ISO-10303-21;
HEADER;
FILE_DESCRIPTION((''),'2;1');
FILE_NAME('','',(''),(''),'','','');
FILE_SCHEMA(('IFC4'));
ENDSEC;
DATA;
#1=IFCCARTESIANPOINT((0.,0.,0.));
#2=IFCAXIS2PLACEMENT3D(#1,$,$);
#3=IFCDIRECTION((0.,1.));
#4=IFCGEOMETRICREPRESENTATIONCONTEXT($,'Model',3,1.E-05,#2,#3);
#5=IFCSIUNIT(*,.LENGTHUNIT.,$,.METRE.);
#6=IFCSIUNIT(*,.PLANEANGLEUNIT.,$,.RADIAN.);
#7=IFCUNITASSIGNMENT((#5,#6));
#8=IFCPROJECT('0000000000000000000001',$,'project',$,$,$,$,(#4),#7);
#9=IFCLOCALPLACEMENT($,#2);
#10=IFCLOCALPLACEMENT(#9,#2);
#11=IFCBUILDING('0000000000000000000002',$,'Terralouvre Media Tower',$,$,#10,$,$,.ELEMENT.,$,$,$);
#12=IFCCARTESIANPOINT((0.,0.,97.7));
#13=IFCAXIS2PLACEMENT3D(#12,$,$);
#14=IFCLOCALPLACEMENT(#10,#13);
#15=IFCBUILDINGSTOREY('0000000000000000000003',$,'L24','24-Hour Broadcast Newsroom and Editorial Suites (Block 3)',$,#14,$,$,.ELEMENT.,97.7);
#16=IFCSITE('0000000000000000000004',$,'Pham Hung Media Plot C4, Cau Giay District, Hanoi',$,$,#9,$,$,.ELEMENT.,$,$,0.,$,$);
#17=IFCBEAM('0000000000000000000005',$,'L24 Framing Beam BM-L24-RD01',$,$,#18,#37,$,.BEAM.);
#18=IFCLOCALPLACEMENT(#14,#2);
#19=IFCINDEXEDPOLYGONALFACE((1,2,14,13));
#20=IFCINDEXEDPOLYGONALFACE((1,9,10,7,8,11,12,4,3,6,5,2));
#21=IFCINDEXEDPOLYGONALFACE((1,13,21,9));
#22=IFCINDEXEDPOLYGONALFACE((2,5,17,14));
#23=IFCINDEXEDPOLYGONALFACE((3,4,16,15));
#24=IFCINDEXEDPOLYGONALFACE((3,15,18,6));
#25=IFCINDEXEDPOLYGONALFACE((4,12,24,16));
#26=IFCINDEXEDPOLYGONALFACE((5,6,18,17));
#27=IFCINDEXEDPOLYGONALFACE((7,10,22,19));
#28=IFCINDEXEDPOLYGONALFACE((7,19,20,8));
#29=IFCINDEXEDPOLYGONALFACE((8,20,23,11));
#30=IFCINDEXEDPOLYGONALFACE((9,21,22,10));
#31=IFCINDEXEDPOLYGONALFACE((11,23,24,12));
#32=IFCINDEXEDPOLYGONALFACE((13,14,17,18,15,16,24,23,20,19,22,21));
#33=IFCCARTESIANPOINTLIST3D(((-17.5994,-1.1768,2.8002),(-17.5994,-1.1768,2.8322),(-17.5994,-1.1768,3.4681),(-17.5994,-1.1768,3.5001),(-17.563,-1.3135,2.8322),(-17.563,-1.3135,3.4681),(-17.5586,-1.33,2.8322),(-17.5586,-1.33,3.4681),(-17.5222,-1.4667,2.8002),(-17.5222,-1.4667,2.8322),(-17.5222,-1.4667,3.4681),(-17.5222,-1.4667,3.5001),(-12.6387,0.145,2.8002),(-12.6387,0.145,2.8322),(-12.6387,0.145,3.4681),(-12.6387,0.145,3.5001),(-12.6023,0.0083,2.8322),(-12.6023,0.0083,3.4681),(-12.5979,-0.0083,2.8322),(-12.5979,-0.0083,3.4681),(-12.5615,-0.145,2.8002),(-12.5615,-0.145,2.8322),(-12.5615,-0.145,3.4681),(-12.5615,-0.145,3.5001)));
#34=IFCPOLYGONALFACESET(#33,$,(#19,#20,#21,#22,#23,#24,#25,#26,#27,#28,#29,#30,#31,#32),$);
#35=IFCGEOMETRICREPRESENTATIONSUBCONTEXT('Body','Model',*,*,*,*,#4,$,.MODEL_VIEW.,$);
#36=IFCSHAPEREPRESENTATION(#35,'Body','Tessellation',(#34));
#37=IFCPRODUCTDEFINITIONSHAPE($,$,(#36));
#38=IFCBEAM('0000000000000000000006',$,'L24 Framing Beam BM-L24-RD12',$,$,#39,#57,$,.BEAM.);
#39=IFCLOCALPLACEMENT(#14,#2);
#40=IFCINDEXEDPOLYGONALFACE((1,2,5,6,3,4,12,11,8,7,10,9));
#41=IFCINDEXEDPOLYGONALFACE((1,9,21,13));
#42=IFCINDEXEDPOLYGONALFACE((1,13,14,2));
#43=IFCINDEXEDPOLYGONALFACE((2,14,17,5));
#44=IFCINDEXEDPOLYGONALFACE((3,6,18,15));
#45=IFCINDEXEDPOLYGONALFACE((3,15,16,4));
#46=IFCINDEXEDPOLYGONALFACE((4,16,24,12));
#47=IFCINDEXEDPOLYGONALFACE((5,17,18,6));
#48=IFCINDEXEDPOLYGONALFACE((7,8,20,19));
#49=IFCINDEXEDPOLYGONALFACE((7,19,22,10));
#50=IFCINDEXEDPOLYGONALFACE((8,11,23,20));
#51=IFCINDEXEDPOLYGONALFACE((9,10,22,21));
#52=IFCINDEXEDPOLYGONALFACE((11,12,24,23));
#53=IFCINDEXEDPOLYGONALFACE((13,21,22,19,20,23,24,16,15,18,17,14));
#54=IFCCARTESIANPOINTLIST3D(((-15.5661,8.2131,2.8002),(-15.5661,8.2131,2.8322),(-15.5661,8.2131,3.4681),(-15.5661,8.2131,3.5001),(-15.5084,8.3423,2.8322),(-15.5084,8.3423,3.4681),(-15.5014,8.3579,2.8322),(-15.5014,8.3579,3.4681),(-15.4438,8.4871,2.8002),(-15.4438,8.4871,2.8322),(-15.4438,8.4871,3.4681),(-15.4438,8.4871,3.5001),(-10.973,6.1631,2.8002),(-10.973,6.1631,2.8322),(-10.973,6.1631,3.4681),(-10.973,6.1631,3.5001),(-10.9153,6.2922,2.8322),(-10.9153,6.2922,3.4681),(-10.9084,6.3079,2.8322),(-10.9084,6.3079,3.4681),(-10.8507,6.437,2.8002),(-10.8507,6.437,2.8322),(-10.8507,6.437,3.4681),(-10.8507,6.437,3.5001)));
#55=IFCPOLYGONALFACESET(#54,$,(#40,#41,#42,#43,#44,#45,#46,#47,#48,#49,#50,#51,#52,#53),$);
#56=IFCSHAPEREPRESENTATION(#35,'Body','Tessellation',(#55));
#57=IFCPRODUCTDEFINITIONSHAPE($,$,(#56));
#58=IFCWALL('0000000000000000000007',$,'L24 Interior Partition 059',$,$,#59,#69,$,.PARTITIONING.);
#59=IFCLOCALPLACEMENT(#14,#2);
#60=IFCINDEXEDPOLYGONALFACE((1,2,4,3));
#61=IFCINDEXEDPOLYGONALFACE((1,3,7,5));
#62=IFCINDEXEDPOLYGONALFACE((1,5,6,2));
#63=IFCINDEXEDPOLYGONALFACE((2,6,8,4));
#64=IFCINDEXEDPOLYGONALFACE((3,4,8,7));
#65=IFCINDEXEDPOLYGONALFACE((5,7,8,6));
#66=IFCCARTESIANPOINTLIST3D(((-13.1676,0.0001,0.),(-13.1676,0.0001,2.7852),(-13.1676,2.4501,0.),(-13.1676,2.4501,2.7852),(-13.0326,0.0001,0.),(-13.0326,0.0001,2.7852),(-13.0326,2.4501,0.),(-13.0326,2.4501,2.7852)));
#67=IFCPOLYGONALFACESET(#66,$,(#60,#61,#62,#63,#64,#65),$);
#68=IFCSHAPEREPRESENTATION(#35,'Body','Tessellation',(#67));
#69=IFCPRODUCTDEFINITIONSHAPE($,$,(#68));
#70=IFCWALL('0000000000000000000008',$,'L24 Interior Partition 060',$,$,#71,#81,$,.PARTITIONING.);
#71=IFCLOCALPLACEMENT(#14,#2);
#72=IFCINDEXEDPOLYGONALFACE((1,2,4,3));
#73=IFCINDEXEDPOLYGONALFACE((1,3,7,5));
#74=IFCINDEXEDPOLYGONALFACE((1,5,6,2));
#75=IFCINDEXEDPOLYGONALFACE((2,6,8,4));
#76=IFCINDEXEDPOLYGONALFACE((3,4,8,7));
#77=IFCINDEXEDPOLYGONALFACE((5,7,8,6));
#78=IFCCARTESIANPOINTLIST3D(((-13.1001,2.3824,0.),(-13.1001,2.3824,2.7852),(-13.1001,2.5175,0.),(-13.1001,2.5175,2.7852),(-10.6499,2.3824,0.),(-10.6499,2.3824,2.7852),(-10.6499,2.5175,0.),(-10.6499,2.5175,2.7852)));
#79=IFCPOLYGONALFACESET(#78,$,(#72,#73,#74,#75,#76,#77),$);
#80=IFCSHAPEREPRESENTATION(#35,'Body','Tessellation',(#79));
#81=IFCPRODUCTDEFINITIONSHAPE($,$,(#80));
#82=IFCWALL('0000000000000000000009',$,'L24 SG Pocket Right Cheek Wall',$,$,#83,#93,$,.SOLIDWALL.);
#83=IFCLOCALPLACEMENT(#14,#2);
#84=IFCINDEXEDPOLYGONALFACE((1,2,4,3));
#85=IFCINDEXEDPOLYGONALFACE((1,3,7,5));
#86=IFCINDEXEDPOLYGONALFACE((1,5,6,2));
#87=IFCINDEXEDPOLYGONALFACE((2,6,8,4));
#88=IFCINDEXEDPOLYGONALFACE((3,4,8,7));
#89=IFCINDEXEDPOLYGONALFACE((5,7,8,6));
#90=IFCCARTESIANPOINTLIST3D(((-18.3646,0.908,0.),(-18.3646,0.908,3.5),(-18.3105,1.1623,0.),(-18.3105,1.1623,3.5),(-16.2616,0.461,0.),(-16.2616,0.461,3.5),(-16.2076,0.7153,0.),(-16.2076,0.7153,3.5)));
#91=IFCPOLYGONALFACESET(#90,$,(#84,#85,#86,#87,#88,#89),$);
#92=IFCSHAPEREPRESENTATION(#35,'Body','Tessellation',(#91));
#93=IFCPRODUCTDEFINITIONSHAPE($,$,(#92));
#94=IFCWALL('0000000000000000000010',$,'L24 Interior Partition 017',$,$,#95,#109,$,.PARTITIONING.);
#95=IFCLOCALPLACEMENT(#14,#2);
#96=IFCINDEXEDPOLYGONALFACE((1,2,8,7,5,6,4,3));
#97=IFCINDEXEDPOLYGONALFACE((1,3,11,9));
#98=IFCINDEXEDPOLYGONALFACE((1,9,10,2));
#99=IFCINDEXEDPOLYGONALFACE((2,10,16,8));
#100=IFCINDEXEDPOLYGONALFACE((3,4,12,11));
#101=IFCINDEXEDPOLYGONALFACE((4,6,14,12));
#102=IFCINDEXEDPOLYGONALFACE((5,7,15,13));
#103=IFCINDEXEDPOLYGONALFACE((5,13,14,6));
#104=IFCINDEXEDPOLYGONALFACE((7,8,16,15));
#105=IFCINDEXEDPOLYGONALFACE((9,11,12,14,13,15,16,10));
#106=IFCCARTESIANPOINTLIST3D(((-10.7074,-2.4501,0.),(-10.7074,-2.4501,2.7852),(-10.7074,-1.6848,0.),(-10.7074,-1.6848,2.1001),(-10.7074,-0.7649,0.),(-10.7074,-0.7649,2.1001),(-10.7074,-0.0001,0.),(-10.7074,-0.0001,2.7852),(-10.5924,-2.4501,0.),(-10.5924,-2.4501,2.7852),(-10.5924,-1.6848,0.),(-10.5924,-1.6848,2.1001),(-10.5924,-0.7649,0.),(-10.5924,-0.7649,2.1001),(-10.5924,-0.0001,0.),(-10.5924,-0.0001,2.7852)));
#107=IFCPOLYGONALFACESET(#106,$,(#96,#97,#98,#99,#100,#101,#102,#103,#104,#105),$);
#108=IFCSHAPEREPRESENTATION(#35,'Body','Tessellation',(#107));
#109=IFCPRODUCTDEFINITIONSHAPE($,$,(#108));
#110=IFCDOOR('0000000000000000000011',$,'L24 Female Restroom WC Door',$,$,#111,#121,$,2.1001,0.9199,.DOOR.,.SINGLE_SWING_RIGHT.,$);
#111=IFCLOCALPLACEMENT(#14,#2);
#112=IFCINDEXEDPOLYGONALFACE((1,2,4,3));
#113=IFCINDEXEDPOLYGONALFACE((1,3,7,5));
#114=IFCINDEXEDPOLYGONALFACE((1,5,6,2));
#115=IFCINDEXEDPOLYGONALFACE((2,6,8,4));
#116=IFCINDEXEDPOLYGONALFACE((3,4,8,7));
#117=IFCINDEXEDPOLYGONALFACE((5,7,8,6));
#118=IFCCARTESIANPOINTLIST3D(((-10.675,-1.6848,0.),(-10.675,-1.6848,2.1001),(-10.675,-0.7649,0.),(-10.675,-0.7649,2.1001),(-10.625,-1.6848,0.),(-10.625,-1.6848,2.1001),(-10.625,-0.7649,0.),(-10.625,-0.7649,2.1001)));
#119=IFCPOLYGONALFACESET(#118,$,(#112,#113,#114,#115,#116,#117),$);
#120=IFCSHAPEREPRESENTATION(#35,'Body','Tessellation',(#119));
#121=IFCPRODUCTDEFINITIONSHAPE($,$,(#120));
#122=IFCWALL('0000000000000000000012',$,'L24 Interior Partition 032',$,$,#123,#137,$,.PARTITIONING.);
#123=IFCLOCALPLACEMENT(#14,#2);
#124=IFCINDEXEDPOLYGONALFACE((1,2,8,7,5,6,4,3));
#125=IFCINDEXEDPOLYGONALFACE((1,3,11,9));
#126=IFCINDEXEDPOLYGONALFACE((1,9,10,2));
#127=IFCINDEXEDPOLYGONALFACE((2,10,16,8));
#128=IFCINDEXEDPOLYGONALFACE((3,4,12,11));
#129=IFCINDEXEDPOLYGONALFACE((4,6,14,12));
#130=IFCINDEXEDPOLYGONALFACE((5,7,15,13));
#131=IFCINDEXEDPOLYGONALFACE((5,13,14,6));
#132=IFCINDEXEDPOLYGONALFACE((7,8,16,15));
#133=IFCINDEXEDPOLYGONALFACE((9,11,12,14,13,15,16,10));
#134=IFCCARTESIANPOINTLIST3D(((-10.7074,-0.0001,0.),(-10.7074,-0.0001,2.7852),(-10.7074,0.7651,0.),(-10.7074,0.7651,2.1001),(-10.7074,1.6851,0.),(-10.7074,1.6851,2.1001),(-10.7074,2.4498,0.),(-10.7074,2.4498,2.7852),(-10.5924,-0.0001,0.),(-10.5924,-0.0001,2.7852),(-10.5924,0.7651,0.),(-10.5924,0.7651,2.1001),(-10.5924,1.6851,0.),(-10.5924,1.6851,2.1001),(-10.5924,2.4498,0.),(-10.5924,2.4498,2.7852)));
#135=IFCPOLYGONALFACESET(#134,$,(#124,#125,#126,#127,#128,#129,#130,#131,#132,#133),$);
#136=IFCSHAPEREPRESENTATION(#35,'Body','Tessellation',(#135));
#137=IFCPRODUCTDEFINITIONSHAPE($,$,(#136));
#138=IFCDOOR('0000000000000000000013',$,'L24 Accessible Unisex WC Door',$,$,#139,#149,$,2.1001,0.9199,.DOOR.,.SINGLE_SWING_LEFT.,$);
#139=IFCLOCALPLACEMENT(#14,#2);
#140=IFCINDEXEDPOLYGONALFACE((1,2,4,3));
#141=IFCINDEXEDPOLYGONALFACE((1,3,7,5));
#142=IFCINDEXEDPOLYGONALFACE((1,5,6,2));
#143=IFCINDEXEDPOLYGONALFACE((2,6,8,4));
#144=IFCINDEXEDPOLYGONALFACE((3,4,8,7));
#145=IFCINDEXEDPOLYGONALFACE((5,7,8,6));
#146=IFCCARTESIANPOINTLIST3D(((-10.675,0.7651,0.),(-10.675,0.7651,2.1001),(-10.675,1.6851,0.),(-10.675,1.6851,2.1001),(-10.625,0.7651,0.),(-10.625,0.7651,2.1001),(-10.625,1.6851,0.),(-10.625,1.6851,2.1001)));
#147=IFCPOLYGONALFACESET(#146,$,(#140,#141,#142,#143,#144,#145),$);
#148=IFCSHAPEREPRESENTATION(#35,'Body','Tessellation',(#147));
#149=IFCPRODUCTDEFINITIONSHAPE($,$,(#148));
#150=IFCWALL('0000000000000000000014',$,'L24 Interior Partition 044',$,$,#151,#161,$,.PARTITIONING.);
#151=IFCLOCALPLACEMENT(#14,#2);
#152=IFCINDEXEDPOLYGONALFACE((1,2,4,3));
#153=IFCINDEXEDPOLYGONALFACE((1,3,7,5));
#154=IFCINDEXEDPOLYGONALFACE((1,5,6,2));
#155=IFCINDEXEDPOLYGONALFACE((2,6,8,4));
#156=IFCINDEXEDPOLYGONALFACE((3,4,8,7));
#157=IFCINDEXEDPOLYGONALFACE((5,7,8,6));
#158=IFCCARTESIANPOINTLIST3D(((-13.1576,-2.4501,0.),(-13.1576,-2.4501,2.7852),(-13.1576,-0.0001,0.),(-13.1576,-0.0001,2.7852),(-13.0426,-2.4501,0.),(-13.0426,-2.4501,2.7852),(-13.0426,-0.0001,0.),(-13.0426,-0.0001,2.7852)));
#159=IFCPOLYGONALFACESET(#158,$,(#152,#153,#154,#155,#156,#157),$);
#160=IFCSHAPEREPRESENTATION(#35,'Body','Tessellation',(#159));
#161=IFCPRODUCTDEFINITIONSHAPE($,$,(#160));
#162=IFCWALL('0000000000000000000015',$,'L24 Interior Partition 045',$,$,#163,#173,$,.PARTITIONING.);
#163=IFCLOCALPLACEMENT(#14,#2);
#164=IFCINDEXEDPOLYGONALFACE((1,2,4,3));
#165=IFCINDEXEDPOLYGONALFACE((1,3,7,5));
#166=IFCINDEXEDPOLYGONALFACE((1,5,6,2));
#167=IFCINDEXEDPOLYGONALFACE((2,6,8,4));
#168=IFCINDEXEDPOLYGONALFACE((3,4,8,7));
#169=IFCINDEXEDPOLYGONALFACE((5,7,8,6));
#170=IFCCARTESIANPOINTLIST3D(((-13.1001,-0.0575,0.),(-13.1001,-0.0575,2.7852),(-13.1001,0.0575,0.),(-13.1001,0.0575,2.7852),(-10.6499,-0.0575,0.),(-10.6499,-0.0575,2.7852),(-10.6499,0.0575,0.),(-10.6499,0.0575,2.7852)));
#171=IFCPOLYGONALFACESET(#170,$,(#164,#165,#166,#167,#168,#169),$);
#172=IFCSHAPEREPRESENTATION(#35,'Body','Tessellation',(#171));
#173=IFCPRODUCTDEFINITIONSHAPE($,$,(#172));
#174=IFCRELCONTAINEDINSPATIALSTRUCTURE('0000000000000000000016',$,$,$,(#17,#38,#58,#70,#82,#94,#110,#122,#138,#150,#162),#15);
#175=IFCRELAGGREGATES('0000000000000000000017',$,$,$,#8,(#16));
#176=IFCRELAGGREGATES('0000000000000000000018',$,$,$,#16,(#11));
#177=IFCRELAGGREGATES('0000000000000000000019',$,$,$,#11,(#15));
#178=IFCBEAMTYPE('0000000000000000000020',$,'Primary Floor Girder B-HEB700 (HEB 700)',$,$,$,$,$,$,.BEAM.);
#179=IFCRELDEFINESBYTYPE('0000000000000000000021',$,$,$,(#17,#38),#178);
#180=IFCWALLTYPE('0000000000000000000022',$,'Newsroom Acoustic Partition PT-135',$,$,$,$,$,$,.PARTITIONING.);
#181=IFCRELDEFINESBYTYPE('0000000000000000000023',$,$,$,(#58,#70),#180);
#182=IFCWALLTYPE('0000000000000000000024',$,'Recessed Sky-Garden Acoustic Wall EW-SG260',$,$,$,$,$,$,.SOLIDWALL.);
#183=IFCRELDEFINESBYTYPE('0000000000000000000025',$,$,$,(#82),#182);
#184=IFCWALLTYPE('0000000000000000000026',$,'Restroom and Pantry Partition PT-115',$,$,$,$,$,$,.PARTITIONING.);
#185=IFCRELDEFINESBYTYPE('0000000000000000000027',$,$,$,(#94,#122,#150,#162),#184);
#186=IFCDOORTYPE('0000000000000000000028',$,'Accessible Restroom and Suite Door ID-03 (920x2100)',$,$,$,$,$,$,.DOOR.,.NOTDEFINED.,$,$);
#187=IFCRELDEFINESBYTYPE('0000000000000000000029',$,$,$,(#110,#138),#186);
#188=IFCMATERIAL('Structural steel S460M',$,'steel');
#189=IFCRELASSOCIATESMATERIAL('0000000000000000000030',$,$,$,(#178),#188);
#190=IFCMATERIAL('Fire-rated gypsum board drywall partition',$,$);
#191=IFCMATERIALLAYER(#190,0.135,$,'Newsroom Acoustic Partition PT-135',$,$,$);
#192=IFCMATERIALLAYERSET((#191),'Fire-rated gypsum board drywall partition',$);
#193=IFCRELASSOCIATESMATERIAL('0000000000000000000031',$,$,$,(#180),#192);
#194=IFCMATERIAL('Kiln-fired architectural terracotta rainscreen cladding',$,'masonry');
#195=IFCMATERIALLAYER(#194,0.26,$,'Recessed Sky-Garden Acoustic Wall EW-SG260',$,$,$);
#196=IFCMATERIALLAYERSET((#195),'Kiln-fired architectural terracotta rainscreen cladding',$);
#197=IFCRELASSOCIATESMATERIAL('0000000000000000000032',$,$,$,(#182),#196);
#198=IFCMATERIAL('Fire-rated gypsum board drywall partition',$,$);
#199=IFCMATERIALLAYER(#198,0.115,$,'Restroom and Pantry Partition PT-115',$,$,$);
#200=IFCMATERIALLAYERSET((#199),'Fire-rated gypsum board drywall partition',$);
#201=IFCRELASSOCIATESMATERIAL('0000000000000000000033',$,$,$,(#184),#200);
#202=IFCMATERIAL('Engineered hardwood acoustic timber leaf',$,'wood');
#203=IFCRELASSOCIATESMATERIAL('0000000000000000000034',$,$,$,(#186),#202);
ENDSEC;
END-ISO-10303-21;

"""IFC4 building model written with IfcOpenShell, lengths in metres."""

from ifc_helpers import new_model, si_unit, direction, frame, frame_2d, origin, origin_2d, place, context, subcontext, project, spatial, rectangle, i_section, extrude, material, layer, layer_set, material_profile, profile_set, type_object, element, fill, save


model = new_model("IFC4")

# Units and contexts
model_context = context("Model", 3, precision=1e-05, world=origin(), true_north=direction((0.0, 1.0)))
body_context = subcontext(model_context, "Body", "Model", "MODEL_VIEW")
ifc_project = project(units=[si_unit("LENGTHUNIT", "METRE"), si_unit("PLANEANGLEUNIT", "RADIAN")], contexts=[model_context])

# Site, building, storey
site_placement = place(None, origin())
site = spatial("IfcSite", under=ifc_project, at=site_placement, Name="Pham Hung Media Plot C4, Cau Giay District, Hanoi", CompositionType="ELEMENT", RefElevation=0.0)
building_placement = place(site_placement, origin())
building = spatial("IfcBuilding", under=site, at=building_placement, Name="Terralouvre Media Tower", CompositionType="ELEMENT")
storey_placement = place(building_placement, frame((0.0, 0.0, 97.7)))
storey = spatial("IfcBuildingStorey", under=building, at=storey_placement, Name="L24", Description="24-Hour Broadcast Newsroom and Editorial Suites (Block 3)", CompositionType="ELEMENT", Elevation=97.7)

# Beams
ifc_material_1 = material(Name="Structural steel S460M", Category="steel")
ifc_material_profile_1 = material_profile(ifc_material_1, i_section(OverallWidth=0.3, OverallDepth=0.7, WebThickness=0.0171, FlangeThickness=0.032, at=origin_2d()), Name="HEB 700")
ifc_profile_set_1 = profile_set([ifc_material_profile_1], Name="Structural steel S460M")
beam_type_1 = type_object("IfcBeamType", Name="Primary Floor Girder B-HEB700 (HEB 700)", PredefinedType="BEAM", material=ifc_profile_set_1)
beam_1_placement = place(storey_placement, frame((-12.6001, 0.0, 3.1501), z_axis=(-0.966287, -0.257467, 0.0), x_axis=(0.257467, -0.966287, 0.0)))
element("IfcBeam", 1, at=beam_1_placement, inside=storey, type_object=beam_type_1, Name="L24 Framing Beam BM-L24-RD01", PredefinedType="BEAM", context=body_context, shape_type="SweptSolid", body=[
    extrude(i_section(OverallWidth=0.3, OverallDepth=0.7, WebThickness=0.0171, FlangeThickness=0.032, at=origin_2d()), origin(), (0.0, 0.0, 1.0), 5.1338),
])
beam_2_placement = place(storey_placement, frame((-10.9119, 6.3, 3.1501), z_axis=(-0.913168, 0.407584, 0.0), x_axis=(-0.407584, -0.913168, 0.0)))
element("IfcBeam", 2, at=beam_2_placement, inside=storey, type_object=beam_type_1, Name="L24 Framing Beam BM-L24-RD12", PredefinedType="BEAM", context=body_context, shape_type="SweptSolid", body=[
    extrude(i_section(OverallWidth=0.3, OverallDepth=0.7, WebThickness=0.0171, FlangeThickness=0.032, at=origin_2d()), origin(), (0.0, 0.0, 1.0), 5.0298),
])

# Walls
ifc_material_2 = material(Name="Fire-rated gypsum board drywall partition")
ifc_layer_1 = layer(ifc_material_2, 0.135, Name="Newsroom Acoustic Partition PT-135")
ifc_layer_set_1 = layer_set([ifc_layer_1], Name="Fire-rated gypsum board drywall partition")
wall_type_1 = type_object("IfcWallType", Name="Newsroom Acoustic Partition PT-135", PredefinedType="PARTITIONING", material=ifc_layer_set_1)
wall_1_placement = place(storey_placement, frame((-13.1001, 0.0, 0.0), z_axis=(0.0, 0.0, 1.0), x_axis=(0.0, 1.0, 0.0)))
element("IfcWall", 3, at=wall_1_placement, inside=storey, type_object=wall_type_1, Name="L24 Interior Partition 059", PredefinedType="PARTITIONING", context=body_context, shape_type="SweptSolid", body=[
    extrude(rectangle(XDim=2.45, YDim=0.135, at=frame_2d((1.2251, 0.0))), origin(), (0.0, 0.0, 1.0), 2.7852),
])
wall_2_placement = place(storey_placement, frame((-13.1001, 2.45, 0.0), z_axis=(0.0, 0.0, 1.0), x_axis=(1.0, 0.0, 0.0)))
element("IfcWall", 4, at=wall_2_placement, inside=storey, type_object=wall_type_1, Name="L24 Interior Partition 060", PredefinedType="PARTITIONING", context=body_context, shape_type="SweptSolid", body=[
    extrude(rectangle(XDim=2.4502, YDim=0.135, at=frame_2d((1.2251, 0.0))), origin(), (0.0, 0.0, 1.0), 2.7852),
])
ifc_material_3 = material(Name="Kiln-fired architectural terracotta rainscreen cladding", Category="masonry")
ifc_layer_2 = layer(ifc_material_3, 0.26, Name="Recessed Sky-Garden Acoustic Wall EW-SG260")
ifc_layer_set_2 = layer_set([ifc_layer_2], Name="Kiln-fired architectural terracotta rainscreen cladding")
wall_type_2 = type_object("IfcWallType", Name="Recessed Sky-Garden Acoustic Wall EW-SG260", PredefinedType="SOLIDWALL", material=ifc_layer_set_2)
wall_3_placement = place(storey_placement, frame((-16.2346, 0.5881, 0.0), z_axis=(0.0, 0.0, 1.0), x_axis=(-0.978147, 0.207916, 0.0)))
element("IfcWall", 5, at=wall_3_placement, inside=storey, type_object=wall_type_2, Name="L24 SG Pocket Right Cheek Wall", PredefinedType="SOLIDWALL", context=body_context, shape_type="SweptSolid", body=[
    extrude(rectangle(XDim=2.1499, YDim=0.26, at=frame_2d((1.075, 0.0))), origin(), (0.0, 0.0, 1.0), 3.5),
])

# Walls, openings, doors
ifc_material_4 = material(Name="Fire-rated gypsum board drywall partition")
ifc_layer_3 = layer(ifc_material_4, 0.115, Name="Restroom and Pantry Partition PT-115")
ifc_layer_set_3 = layer_set([ifc_layer_3], Name="Fire-rated gypsum board drywall partition")
wall_type_3 = type_object("IfcWallType", Name="Restroom and Pantry Partition PT-115", PredefinedType="PARTITIONING", material=ifc_layer_set_3)
wall_4_placement = place(storey_placement, frame((-10.6499, 0.0, 0.0), z_axis=(0.0, 0.0, 1.0), x_axis=(0.0, -1.0, 0.0)))
wall_4 = element("IfcWall", 6, at=wall_4_placement, inside=storey, type_object=wall_type_3, Name="L24 Interior Partition 017", PredefinedType="PARTITIONING", context=body_context, shape_type="SweptSolid", body=[
    extrude(rectangle(XDim=2.45, YDim=0.115, at=frame_2d((1.2251, 0.0))), origin(), (0.0, 0.0, 1.0), 2.7852),
])
opening_1_placement = place(wall_4_placement, frame((0.7649, 0.0, 0.0)))
opening_1 = element("IfcOpeningElement", 7, at=opening_1_placement, cuts=wall_4, PredefinedType="OPENING", context=body_context, shape_type="SweptSolid", body=[
    extrude(rectangle(XDim=0.9199, YDim=2.1001, at=frame_2d((0.46, 1.05))), frame((0.0, 0.0674, 0.0), z_axis=(0.0, -1.0, 0.0), x_axis=(1.0, 0.0, 0.0)), (0.0, 0.0, 1.0), 0.135),
])
ifc_material_5 = material(Name="Engineered hardwood acoustic timber leaf", Category="wood")
door_type = type_object("IfcDoorType", Name="Accessible Restroom and Suite Door ID-03 (920x2100)", OperationType="NOTDEFINED", PredefinedType="DOOR", material=ifc_material_5)
door_1_placement = place(opening_1_placement, origin())
door_1 = element("IfcDoor", 8, at=door_1_placement, inside=storey, type_object=door_type, Name="L24 Female Restroom WC Door", OperationType="SINGLE_SWING_RIGHT", OverallHeight=2.1001, OverallWidth=0.9199, PredefinedType="DOOR", context=body_context, shape_type="SweptSolid", body=[
    extrude(rectangle(XDim=0.9199, YDim=2.1001, at=frame_2d((0.46, 1.05))), frame((0.0, 0.0249, 0.0), z_axis=(0.0, -1.0, 0.0), x_axis=(1.0, 0.0, 0.0)), (0.0, 0.0, 1.0), 0.05),
])
fill(opening_1, door_1)
wall_5_placement = place(storey_placement, frame((-10.6499, 2.45, 0.0), z_axis=(0.0, 0.0, 1.0), x_axis=(0.0, -1.0, 0.0)))
wall_5 = element("IfcWall", 9, at=wall_5_placement, inside=storey, type_object=wall_type_3, Name="L24 Interior Partition 032", PredefinedType="PARTITIONING", context=body_context, shape_type="SweptSolid", body=[
    extrude(rectangle(XDim=2.45, YDim=0.115, at=frame_2d((1.2251, 0.0))), origin(), (0.0, 0.0, 1.0), 2.7852),
])
opening_2_placement = place(wall_5_placement, frame((0.7649, 0.0, 0.0)))
opening_2 = element("IfcOpeningElement", 10, at=opening_2_placement, cuts=wall_5, PredefinedType="OPENING", context=body_context, shape_type="SweptSolid", body=[
    extrude(rectangle(XDim=0.9199, YDim=2.1001, at=frame_2d((0.46, 1.05))), frame((0.0, 0.0674, 0.0), z_axis=(0.0, -1.0, 0.0), x_axis=(1.0, 0.0, 0.0)), (0.0, 0.0, 1.0), 0.135),
])
door_2_placement = place(opening_2_placement, origin())
door_2 = element("IfcDoor", 11, at=door_2_placement, inside=storey, type_object=door_type, Name="L24 Accessible Unisex WC Door", OperationType="SINGLE_SWING_LEFT", OverallHeight=2.1001, OverallWidth=0.9199, PredefinedType="DOOR", context=body_context, shape_type="SweptSolid", body=[
    extrude(rectangle(XDim=0.9199, YDim=2.1001, at=frame_2d((0.46, 1.05))), frame((0.0, 0.0249, 0.0), z_axis=(0.0, -1.0, 0.0), x_axis=(1.0, 0.0, 0.0)), (0.0, 0.0, 1.0), 0.05),
])
fill(opening_2, door_2)

# Walls
wall_6_placement = place(storey_placement, frame((-13.1001, 0.0, 0.0), z_axis=(0.0, 0.0, 1.0), x_axis=(0.0, -1.0, 0.0)))
element("IfcWall", 12, at=wall_6_placement, inside=storey, type_object=wall_type_3, Name="L24 Interior Partition 044", PredefinedType="PARTITIONING", context=body_context, shape_type="SweptSolid", body=[
    extrude(rectangle(XDim=2.45, YDim=0.115, at=frame_2d((1.2251, 0.0))), origin(), (0.0, 0.0, 1.0), 2.7852),
])
wall_7_placement = place(storey_placement, frame((-10.6499, 0.0, 0.0), z_axis=(0.0, 0.0, 1.0), x_axis=(-1.0, 0.0, 0.0)))
element("IfcWall", 13, at=wall_7_placement, inside=storey, type_object=wall_type_3, Name="L24 Interior Partition 045", PredefinedType="PARTITIONING", context=body_context, shape_type="SweptSolid", body=[
    extrude(rectangle(XDim=2.4502, YDim=0.115, at=frame_2d((1.2251, 0.0))), origin(), (0.0, 0.0, 1.0), 2.7852),
])

save(model, "model.ifc")
